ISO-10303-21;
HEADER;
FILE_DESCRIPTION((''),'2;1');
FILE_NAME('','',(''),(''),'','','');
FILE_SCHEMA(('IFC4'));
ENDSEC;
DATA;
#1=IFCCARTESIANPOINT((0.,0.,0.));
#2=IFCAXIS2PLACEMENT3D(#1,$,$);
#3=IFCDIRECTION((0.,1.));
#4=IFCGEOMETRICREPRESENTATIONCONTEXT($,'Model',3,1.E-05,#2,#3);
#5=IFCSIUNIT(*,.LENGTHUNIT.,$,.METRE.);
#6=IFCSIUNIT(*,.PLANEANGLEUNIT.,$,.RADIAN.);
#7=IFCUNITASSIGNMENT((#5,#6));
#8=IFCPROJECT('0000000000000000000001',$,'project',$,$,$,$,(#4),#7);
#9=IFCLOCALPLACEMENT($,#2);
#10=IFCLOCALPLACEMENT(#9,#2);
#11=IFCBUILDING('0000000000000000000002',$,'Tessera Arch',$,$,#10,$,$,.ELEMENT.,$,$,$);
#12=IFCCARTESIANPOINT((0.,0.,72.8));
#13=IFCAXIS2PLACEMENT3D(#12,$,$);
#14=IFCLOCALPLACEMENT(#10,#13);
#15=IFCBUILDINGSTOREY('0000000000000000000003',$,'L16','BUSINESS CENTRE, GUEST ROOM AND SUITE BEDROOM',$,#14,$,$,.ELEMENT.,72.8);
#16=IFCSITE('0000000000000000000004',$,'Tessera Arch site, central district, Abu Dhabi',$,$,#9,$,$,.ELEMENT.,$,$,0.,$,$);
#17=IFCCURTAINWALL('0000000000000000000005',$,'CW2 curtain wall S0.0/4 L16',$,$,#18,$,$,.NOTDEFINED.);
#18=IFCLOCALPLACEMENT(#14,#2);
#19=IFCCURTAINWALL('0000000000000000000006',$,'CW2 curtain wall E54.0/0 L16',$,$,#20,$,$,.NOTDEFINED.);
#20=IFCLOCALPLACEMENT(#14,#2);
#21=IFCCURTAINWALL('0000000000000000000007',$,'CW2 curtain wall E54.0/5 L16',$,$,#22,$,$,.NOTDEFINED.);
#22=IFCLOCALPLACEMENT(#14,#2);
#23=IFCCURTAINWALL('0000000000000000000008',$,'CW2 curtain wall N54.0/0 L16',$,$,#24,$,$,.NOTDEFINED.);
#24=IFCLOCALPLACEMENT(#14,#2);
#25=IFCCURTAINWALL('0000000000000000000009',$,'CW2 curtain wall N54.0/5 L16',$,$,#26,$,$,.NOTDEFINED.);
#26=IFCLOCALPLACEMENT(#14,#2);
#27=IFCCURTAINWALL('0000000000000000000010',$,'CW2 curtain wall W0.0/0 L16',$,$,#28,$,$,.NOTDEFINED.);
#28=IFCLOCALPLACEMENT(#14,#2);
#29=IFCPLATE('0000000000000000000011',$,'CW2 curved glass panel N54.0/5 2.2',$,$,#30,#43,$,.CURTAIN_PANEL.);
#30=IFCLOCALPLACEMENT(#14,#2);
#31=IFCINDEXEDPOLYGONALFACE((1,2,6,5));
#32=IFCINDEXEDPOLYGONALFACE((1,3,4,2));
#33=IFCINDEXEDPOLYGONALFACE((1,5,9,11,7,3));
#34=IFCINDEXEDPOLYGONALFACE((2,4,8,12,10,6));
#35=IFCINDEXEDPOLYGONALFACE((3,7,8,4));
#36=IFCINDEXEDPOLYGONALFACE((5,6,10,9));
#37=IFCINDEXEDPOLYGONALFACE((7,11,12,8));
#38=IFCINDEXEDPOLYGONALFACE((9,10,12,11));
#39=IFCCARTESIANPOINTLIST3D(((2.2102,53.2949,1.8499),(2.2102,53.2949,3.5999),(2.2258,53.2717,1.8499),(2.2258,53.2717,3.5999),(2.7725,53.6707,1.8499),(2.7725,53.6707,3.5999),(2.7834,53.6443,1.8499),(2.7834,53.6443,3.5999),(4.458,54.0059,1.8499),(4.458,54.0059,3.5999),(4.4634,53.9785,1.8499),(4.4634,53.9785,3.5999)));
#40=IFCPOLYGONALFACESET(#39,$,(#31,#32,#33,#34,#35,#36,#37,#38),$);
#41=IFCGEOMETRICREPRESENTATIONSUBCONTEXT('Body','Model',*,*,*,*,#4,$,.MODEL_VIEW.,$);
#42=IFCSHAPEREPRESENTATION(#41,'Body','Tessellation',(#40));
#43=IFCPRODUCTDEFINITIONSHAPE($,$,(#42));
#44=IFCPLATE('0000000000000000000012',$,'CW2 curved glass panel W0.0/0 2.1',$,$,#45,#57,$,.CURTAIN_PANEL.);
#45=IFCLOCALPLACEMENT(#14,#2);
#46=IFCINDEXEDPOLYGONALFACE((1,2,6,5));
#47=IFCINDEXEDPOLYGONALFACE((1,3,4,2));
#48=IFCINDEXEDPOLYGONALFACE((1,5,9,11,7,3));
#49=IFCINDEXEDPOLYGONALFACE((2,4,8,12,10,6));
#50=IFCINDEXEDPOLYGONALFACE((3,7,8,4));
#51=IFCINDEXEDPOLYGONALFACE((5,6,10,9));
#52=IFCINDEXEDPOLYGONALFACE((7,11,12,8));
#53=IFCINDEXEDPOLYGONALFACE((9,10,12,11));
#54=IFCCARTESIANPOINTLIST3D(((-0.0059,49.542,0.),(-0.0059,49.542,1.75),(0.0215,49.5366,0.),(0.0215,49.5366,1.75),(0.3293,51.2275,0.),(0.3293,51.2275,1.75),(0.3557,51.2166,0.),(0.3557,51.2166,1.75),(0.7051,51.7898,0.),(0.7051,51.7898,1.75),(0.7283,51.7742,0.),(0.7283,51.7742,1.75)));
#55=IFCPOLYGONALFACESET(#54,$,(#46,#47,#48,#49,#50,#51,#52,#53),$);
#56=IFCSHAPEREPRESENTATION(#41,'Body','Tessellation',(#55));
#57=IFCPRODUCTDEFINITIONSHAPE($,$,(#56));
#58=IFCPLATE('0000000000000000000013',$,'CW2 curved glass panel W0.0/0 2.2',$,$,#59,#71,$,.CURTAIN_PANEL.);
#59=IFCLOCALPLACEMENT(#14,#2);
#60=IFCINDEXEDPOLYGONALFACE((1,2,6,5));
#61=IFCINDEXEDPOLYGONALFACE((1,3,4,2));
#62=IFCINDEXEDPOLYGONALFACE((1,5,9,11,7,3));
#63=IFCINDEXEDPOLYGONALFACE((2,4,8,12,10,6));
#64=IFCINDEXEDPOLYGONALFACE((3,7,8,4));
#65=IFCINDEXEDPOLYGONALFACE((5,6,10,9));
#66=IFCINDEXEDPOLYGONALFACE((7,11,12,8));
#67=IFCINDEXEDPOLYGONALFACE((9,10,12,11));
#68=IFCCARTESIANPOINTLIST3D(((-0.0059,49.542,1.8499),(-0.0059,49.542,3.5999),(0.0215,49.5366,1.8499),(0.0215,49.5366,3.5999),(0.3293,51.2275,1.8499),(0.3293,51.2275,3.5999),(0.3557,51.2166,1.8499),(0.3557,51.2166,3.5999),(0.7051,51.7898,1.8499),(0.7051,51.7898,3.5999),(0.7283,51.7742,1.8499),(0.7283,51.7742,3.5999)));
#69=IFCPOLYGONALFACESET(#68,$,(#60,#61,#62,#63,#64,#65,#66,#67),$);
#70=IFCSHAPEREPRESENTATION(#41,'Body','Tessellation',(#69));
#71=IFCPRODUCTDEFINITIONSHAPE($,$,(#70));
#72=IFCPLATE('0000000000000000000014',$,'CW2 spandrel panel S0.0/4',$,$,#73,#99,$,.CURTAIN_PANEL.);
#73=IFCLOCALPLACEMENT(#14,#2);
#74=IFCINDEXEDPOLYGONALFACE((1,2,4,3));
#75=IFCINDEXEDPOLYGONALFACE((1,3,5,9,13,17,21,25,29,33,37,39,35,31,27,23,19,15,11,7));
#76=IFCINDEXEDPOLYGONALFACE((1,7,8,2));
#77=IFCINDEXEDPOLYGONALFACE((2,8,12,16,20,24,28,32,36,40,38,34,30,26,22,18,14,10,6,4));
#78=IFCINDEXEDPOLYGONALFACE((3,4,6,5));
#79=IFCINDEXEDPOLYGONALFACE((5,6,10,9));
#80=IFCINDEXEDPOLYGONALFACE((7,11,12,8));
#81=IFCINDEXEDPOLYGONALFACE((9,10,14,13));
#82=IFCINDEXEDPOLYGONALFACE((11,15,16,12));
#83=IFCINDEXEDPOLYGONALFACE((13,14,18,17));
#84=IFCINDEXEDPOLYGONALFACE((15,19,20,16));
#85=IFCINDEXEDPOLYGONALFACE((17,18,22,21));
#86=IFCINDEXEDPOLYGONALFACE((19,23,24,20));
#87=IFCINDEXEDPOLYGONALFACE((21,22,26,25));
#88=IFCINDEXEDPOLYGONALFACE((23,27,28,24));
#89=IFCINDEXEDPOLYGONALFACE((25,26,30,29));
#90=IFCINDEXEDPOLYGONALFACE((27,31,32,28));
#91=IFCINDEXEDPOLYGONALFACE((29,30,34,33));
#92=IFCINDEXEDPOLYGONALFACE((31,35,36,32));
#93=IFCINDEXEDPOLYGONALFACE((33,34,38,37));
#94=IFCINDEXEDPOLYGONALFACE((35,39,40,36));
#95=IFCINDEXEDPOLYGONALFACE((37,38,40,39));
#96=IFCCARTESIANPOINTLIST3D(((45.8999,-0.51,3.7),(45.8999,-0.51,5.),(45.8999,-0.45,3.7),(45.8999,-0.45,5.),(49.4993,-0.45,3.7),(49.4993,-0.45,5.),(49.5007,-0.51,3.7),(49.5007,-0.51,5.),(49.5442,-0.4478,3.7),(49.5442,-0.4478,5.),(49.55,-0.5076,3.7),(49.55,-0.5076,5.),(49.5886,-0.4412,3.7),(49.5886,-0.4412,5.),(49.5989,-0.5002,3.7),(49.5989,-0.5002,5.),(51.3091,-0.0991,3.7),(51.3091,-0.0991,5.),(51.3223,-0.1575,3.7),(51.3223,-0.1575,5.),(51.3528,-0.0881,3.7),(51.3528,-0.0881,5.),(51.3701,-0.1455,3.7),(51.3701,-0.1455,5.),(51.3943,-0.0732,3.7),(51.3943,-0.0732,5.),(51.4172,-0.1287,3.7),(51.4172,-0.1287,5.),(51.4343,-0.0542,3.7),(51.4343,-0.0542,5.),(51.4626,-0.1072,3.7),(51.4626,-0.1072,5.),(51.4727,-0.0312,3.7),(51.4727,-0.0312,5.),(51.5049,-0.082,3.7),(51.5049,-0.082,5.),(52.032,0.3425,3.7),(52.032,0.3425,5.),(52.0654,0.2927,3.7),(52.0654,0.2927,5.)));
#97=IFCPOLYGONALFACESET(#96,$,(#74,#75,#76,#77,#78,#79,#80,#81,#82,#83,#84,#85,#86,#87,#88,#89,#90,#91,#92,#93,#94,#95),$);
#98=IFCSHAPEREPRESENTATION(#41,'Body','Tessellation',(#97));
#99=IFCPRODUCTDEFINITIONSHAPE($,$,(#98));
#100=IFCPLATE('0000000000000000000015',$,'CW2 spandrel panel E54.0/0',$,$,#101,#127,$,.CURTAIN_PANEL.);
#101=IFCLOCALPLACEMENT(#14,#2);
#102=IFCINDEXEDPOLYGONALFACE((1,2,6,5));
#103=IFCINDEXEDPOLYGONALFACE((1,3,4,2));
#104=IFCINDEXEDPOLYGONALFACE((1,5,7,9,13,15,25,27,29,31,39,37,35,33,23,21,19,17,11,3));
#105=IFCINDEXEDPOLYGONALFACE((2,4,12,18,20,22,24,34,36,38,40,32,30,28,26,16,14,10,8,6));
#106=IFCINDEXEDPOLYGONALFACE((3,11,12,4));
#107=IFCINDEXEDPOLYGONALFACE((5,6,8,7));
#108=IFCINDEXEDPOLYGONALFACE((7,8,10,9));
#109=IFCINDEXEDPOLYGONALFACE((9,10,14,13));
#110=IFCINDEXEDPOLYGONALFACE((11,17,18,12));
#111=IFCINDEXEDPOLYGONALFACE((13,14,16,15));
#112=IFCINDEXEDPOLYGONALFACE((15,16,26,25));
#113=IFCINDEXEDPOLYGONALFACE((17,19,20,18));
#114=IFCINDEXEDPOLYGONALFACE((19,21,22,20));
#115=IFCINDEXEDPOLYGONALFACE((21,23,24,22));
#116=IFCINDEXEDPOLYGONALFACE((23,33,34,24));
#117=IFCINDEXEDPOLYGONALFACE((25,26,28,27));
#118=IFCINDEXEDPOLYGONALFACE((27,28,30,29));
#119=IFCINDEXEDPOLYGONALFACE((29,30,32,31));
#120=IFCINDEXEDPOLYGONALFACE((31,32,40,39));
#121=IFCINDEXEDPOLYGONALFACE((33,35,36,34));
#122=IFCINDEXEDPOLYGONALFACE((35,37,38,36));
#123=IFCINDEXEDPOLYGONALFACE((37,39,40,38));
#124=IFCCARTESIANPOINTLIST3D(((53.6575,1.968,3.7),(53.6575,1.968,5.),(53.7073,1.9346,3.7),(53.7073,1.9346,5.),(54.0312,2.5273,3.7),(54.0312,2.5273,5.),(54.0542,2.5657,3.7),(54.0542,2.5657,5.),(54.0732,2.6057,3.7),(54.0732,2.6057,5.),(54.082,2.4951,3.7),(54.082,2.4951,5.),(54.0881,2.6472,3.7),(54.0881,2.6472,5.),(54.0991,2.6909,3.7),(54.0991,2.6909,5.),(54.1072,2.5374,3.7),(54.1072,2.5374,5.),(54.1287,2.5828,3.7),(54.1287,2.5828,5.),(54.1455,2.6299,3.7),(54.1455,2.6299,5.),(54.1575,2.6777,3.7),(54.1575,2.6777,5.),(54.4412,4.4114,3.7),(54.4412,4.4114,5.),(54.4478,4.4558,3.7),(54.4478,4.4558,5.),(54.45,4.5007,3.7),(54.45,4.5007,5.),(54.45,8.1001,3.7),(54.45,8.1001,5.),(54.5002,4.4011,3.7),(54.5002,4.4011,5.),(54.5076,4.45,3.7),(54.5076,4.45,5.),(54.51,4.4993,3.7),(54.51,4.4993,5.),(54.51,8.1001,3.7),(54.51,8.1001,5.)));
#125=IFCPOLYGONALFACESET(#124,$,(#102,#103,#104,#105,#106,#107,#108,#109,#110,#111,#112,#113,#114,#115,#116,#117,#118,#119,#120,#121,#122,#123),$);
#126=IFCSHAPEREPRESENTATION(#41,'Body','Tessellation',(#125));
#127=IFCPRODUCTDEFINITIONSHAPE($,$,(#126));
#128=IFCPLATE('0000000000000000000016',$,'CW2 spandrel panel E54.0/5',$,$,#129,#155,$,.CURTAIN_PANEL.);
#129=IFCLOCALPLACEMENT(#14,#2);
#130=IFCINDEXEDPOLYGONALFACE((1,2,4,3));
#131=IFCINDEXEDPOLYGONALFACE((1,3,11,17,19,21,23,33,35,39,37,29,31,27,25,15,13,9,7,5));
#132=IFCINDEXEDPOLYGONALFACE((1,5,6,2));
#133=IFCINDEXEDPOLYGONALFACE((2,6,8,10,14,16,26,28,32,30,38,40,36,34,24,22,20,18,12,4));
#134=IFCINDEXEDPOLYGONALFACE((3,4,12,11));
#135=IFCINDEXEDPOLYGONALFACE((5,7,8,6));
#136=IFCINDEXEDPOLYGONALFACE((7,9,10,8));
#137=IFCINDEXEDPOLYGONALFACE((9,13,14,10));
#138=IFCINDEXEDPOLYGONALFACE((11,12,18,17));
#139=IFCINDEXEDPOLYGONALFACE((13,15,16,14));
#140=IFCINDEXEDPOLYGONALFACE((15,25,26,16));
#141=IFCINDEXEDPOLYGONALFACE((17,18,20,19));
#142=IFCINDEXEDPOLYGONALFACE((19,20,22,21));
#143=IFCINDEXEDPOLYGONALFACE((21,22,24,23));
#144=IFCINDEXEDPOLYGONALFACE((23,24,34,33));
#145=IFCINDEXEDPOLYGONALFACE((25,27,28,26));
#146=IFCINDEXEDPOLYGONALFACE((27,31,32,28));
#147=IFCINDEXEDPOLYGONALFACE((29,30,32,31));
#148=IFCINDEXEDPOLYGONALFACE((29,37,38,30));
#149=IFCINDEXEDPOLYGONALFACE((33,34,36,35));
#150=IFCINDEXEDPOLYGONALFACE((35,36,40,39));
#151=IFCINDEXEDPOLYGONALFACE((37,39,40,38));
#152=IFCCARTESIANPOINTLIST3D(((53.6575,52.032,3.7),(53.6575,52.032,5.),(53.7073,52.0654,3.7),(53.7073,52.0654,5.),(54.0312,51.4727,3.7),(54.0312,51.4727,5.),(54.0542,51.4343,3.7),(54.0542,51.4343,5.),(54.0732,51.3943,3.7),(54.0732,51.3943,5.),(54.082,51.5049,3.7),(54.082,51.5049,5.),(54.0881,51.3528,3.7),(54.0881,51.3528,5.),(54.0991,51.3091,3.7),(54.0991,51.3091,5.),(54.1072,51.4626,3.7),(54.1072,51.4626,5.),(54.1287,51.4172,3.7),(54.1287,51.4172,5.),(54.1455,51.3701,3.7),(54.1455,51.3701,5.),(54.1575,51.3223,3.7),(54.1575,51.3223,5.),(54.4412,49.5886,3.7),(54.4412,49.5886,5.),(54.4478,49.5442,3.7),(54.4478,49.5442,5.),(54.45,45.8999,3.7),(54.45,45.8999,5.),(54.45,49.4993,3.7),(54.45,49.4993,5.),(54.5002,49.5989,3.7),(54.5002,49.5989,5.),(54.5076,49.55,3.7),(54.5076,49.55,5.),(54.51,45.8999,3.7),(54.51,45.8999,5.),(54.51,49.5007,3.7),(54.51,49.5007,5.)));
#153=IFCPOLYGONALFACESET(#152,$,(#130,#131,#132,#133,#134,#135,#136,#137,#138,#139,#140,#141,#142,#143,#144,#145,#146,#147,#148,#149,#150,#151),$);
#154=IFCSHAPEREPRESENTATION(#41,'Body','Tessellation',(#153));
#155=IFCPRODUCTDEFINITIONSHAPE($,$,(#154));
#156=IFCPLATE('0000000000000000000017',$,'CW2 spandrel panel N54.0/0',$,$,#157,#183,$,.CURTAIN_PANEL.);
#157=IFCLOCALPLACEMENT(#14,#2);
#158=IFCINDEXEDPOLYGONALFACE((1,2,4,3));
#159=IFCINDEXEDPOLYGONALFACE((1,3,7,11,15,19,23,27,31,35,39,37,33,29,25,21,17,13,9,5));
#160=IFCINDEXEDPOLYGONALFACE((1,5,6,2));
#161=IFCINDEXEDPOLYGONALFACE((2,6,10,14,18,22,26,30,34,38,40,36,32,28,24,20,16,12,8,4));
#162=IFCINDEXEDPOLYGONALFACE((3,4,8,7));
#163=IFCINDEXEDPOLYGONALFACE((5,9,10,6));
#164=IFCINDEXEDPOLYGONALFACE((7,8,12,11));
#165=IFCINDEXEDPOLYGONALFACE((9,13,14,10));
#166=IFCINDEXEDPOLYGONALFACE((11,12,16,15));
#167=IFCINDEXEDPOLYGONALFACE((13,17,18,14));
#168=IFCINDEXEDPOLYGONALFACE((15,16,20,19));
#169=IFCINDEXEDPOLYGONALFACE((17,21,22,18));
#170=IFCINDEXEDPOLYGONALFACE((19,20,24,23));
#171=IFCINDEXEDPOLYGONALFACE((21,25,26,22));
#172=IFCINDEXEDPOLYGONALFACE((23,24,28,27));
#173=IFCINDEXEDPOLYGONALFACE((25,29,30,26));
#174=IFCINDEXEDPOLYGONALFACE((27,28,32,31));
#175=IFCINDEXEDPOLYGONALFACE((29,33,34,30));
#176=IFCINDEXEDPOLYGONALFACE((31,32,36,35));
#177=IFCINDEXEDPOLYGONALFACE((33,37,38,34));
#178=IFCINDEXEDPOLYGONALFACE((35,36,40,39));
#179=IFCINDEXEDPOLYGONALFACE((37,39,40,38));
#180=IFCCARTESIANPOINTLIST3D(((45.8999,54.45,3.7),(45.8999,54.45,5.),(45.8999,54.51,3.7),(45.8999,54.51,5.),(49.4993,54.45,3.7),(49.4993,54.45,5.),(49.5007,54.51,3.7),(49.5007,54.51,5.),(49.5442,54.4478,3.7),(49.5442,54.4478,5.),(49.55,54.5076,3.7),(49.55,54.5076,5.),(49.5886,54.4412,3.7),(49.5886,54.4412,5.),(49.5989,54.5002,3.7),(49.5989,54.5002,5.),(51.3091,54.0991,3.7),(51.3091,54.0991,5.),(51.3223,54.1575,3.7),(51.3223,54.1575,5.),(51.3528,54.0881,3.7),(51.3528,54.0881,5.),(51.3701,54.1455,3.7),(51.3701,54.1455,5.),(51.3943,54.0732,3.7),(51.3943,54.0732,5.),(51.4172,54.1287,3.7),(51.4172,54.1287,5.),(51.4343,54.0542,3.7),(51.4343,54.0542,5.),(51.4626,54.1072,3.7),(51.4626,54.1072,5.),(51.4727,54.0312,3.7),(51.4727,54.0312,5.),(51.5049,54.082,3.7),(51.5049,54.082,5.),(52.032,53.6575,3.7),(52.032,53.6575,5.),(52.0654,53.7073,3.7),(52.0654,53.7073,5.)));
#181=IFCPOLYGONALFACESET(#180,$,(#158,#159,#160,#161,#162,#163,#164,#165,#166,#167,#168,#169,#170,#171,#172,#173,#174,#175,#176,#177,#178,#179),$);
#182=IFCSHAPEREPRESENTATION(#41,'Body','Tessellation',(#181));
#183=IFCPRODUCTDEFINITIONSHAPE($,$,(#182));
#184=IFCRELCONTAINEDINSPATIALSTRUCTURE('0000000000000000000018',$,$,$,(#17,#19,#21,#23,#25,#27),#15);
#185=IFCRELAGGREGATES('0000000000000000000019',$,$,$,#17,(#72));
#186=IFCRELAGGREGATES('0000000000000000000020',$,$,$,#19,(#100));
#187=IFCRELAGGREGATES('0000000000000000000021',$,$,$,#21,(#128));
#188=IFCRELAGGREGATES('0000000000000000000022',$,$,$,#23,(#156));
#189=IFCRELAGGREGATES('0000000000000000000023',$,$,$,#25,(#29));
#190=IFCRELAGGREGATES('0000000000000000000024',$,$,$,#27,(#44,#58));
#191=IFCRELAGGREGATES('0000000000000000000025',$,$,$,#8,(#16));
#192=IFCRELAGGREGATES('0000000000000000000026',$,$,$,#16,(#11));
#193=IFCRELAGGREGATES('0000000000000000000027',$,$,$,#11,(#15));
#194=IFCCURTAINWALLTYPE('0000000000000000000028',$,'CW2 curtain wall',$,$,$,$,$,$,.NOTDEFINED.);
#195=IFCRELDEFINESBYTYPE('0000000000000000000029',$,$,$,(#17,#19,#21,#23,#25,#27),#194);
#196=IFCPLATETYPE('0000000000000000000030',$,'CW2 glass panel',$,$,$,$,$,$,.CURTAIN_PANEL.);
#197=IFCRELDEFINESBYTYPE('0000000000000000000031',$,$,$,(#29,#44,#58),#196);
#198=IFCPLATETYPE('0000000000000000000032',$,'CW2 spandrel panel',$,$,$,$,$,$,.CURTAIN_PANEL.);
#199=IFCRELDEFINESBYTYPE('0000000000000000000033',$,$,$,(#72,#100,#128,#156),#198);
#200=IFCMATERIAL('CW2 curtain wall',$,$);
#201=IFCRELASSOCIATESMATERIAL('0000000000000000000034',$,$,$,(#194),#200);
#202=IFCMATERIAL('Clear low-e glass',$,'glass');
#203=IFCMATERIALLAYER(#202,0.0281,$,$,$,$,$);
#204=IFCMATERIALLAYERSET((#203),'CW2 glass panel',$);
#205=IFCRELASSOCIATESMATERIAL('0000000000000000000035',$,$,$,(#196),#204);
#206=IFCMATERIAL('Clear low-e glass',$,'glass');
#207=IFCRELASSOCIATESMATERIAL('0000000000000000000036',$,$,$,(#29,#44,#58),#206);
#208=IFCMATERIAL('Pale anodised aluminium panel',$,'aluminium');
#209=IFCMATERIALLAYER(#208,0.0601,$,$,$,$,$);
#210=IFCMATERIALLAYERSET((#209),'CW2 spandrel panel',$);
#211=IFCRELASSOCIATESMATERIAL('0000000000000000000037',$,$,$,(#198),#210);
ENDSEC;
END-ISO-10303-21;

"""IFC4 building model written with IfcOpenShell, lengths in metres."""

from ifc_helpers import new_model, si_unit, direction, frame, origin, place, context, subcontext, project, spatial, polyline, outline, extrude, material, layer, layer_set, type_object, element, aggregate, save


model = new_model("IFC4")

# Units and contexts
model_context = context("Model", 3, precision=1e-05, world=origin(), true_north=direction((0.0, 1.0)))
body_context = subcontext(model_context, "Body", "Model", "MODEL_VIEW")
ifc_project = project(units=[si_unit("LENGTHUNIT", "METRE"), si_unit("PLANEANGLEUNIT", "RADIAN")], contexts=[model_context])

# Site, building, storey
site_placement = place(None, origin())
site = spatial("IfcSite", under=ifc_project, at=site_placement, Name="Tessera Arch site, central district, Abu Dhabi", CompositionType="ELEMENT", RefElevation=0.0)
building_placement = place(site_placement, origin())
building = spatial("IfcBuilding", under=site, at=building_placement, Name="Tessera Arch", CompositionType="ELEMENT")
storey_placement = place(building_placement, frame((0.0, 0.0, 72.8)))
storey = spatial("IfcBuildingStorey", under=building, at=storey_placement, Name="L16", Description="BUSINESS CENTRE, GUEST ROOM AND SUITE BEDROOM", CompositionType="ELEMENT", Elevation=72.8)

# Curtain walls
ifc_material_1 = material(Name="CW2 curtain wall")
curtain_wall_type = type_object("IfcCurtainWallType", Name="CW2 curtain wall", PredefinedType="NOTDEFINED", material=ifc_material_1)
curtain_wall_1_placement = place(storey_placement, origin())
curtain_wall_1 = element("IfcCurtainWall", 1, at=curtain_wall_1_placement, inside=storey, type_object=curtain_wall_type, Name="CW2 curtain wall S0.0/4 L16", PredefinedType="NOTDEFINED")
curtain_wall_2_placement = place(storey_placement, origin())
curtain_wall_2 = element("IfcCurtainWall", 2, at=curtain_wall_2_placement, inside=storey, type_object=curtain_wall_type, Name="CW2 curtain wall E54.0/0 L16", PredefinedType="NOTDEFINED")
curtain_wall_3_placement = place(storey_placement, origin())
curtain_wall_3 = element("IfcCurtainWall", 3, at=curtain_wall_3_placement, inside=storey, type_object=curtain_wall_type, Name="CW2 curtain wall E54.0/5 L16", PredefinedType="NOTDEFINED")
curtain_wall_4_placement = place(storey_placement, origin())
curtain_wall_4 = element("IfcCurtainWall", 4, at=curtain_wall_4_placement, inside=storey, type_object=curtain_wall_type, Name="CW2 curtain wall N54.0/0 L16", PredefinedType="NOTDEFINED")
curtain_wall_5_placement = place(storey_placement, origin())
curtain_wall_5 = element("IfcCurtainWall", 5, at=curtain_wall_5_placement, inside=storey, type_object=curtain_wall_type, Name="CW2 curtain wall N54.0/5 L16", PredefinedType="NOTDEFINED")
curtain_wall_6_placement = place(storey_placement, origin())
curtain_wall_6 = element("IfcCurtainWall", 6, at=curtain_wall_6_placement, inside=storey, type_object=curtain_wall_type, Name="CW2 curtain wall W0.0/0 L16", PredefinedType="NOTDEFINED")

# Plates
ifc_material_2 = material(Name="Clear low-e glass", Category="glass")
ifc_material_3 = material(Name="Clear low-e glass", Category="glass")
ifc_layer_1 = layer(ifc_material_3, 0.0281)
ifc_layer_set_1 = layer_set([ifc_layer_1], Name="CW2 glass panel")
plate_type_1 = type_object("IfcPlateType", Name="CW2 glass panel", PredefinedType="CURTAIN_PANEL", material=ifc_layer_set_1)
plate_1_placement = place(storey_placement, frame((0.0, 0.0, 1.8499)))
plate_1 = element("IfcPlate", 7, at=plate_1_placement, type_object=plate_type_1, material=ifc_material_2, Name="CW2 curved glass panel N54.0/5 2.2", PredefinedType="CURTAIN_PANEL", context=body_context, shape_type="SweptSolid", body=[
    extrude(outline(polyline([(2.7834, 53.6443), (4.4634, 53.9785), (4.458, 54.0059), (2.7725, 53.6707), (2.2102, 53.2949), (2.2258, 53.2717), (2.7834, 53.6443)])), origin(), (0.0, 0.0, 1.0), 1.75),
])
plate_2_placement = place(storey_placement, origin())
plate_2 = element("IfcPlate", 8, at=plate_2_placement, type_object=plate_type_1, material=ifc_material_2, Name="CW2 curved glass panel W0.0/0 2.1", PredefinedType="CURTAIN_PANEL", context=body_context, shape_type="SweptSolid", body=[
    extrude(outline(polyline([(0.3557, 51.2166), (0.7283, 51.7742), (0.7051, 51.7898), (0.3293, 51.2275), (-0.0059, 49.542), (0.0215, 49.5366), (0.3557, 51.2166)])), origin(), (0.0, 0.0, 1.0), 1.75),
])
plate_3_placement = place(storey_placement, frame((0.0, 0.0, 1.8499)))
plate_3 = element("IfcPlate", 9, at=plate_3_placement, type_object=plate_type_1, material=ifc_material_2, Name="CW2 curved glass panel W0.0/0 2.2", PredefinedType="CURTAIN_PANEL", context=body_context, shape_type="SweptSolid", body=[
    extrude(outline(polyline([(0.3557, 51.2166), (0.7283, 51.7742), (0.7051, 51.7898), (0.3293, 51.2275), (-0.0059, 49.542), (0.0215, 49.5366), (0.3557, 51.2166)])), origin(), (0.0, 0.0, 1.0), 1.75),
])
ifc_material_4 = material(Name="Pale anodised aluminium panel", Category="aluminium")
ifc_layer_2 = layer(ifc_material_4, 0.0601)
ifc_layer_set_2 = layer_set([ifc_layer_2], Name="CW2 spandrel panel")
plate_type_2 = type_object("IfcPlateType", Name="CW2 spandrel panel", PredefinedType="CURTAIN_PANEL", material=ifc_layer_set_2)
plate_4_placement = place(storey_placement, frame((0.0, 0.0, 3.7)))
plate_4 = element("IfcPlate", 10, at=plate_4_placement, type_object=plate_type_2, Name="CW2 spandrel panel S0.0/4", PredefinedType="CURTAIN_PANEL", context=body_context, shape_type="SweptSolid", body=[
    extrude(outline(polyline([(49.4993, -0.45), (45.8999, -0.45), (45.8999, -0.51), (49.5007, -0.51), (49.55, -0.5076), (49.5989, -0.5002), (51.3223, -0.1575), (51.3701, -0.1455), (51.4172, -0.1287), (51.4626, -0.1072), (51.5049, -0.082), (52.0654, 0.2927), (52.032, 0.3425), (51.4727, -0.0312), (51.4343, -0.0542), (51.3943, -0.0732), (51.3528, -0.0881), (51.3091, -0.0991), (49.5886, -0.4412), (49.5442, -0.4478), (49.4993, -0.45)])), origin(), (0.0, 0.0, 1.0), 1.3),
])
aggregate(curtain_wall_1, [plate_4])
plate_5_placement = place(storey_placement, frame((0.0, 0.0, 3.7)))
plate_5 = element("IfcPlate", 11, at=plate_5_placement, type_object=plate_type_2, Name="CW2 spandrel panel E54.0/0", PredefinedType="CURTAIN_PANEL", context=body_context, shape_type="SweptSolid", body=[
    extrude(outline(polyline([(54.0312, 2.5273), (53.6575, 1.968), (53.7073, 1.9346), (54.082, 2.4951), (54.1072, 2.5374), (54.1287, 2.5828), (54.1455, 2.6299), (54.1575, 2.6777), (54.5002, 4.4011), (54.5076, 4.45), (54.51, 4.4993), (54.51, 8.1001), (54.45, 8.1001), (54.45, 4.5007), (54.4478, 4.4558), (54.4412, 4.4114), (54.0991, 2.6909), (54.0881, 2.6472), (54.0732, 2.6057), (54.0542, 2.5657), (54.0312, 2.5273)])), origin(), (0.0, 0.0, 1.0), 1.3),
])
aggregate(curtain_wall_2, [plate_5])
plate_6_placement = place(storey_placement, frame((0.0, 0.0, 3.7)))
plate_6 = element("IfcPlate", 12, at=plate_6_placement, type_object=plate_type_2, Name="CW2 spandrel panel E54.0/5", PredefinedType="CURTAIN_PANEL", context=body_context, shape_type="SweptSolid", body=[
    extrude(outline(polyline([(54.45, 49.4993), (54.45, 45.8999), (54.51, 45.8999), (54.51, 49.5007), (54.5076, 49.55), (54.5002, 49.5989), (54.1575, 51.3223), (54.1455, 51.3701), (54.1287, 51.4172), (54.1072, 51.4626), (54.082, 51.5049), (53.7073, 52.0654), (53.6575, 52.032), (54.0312, 51.4727), (54.0542, 51.4343), (54.0732, 51.3943), (54.0881, 51.3528), (54.0991, 51.3091), (54.4412, 49.5886), (54.4478, 49.5442), (54.45, 49.4993)])), origin(), (0.0, 0.0, 1.0), 1.3),
])
aggregate(curtain_wall_3, [plate_6])
plate_7_placement = place(storey_placement, frame((0.0, 0.0, 3.7)))
plate_7 = element("IfcPlate", 13, at=plate_7_placement, type_object=plate_type_2, Name="CW2 spandrel panel N54.0/0", PredefinedType="CURTAIN_PANEL", context=body_context, shape_type="SweptSolid", body=[
    extrude(outline(polyline([(51.4727, 54.0312), (52.032, 53.6575), (52.0654, 53.7073), (51.5049, 54.082), (51.4626, 54.1072), (51.4172, 54.1287), (51.3701, 54.1455), (51.3223, 54.1575), (49.5989, 54.5002), (49.55, 54.5076), (49.5007, 54.51), (45.8999, 54.51), (45.8999, 54.45), (49.4993, 54.45), (49.5442, 54.4478), (49.5886, 54.4412), (51.3091, 54.0991), (51.3528, 54.0881), (51.3943, 54.0732), (51.4343, 54.0542), (51.4727, 54.0312)])), origin(), (0.0, 0.0, 1.0), 1.3),
])
aggregate(curtain_wall_4, [plate_7])
aggregate(curtain_wall_5, [plate_1])
aggregate(curtain_wall_6, [plate_2, plate_3])

save(model, "model.ifc")
